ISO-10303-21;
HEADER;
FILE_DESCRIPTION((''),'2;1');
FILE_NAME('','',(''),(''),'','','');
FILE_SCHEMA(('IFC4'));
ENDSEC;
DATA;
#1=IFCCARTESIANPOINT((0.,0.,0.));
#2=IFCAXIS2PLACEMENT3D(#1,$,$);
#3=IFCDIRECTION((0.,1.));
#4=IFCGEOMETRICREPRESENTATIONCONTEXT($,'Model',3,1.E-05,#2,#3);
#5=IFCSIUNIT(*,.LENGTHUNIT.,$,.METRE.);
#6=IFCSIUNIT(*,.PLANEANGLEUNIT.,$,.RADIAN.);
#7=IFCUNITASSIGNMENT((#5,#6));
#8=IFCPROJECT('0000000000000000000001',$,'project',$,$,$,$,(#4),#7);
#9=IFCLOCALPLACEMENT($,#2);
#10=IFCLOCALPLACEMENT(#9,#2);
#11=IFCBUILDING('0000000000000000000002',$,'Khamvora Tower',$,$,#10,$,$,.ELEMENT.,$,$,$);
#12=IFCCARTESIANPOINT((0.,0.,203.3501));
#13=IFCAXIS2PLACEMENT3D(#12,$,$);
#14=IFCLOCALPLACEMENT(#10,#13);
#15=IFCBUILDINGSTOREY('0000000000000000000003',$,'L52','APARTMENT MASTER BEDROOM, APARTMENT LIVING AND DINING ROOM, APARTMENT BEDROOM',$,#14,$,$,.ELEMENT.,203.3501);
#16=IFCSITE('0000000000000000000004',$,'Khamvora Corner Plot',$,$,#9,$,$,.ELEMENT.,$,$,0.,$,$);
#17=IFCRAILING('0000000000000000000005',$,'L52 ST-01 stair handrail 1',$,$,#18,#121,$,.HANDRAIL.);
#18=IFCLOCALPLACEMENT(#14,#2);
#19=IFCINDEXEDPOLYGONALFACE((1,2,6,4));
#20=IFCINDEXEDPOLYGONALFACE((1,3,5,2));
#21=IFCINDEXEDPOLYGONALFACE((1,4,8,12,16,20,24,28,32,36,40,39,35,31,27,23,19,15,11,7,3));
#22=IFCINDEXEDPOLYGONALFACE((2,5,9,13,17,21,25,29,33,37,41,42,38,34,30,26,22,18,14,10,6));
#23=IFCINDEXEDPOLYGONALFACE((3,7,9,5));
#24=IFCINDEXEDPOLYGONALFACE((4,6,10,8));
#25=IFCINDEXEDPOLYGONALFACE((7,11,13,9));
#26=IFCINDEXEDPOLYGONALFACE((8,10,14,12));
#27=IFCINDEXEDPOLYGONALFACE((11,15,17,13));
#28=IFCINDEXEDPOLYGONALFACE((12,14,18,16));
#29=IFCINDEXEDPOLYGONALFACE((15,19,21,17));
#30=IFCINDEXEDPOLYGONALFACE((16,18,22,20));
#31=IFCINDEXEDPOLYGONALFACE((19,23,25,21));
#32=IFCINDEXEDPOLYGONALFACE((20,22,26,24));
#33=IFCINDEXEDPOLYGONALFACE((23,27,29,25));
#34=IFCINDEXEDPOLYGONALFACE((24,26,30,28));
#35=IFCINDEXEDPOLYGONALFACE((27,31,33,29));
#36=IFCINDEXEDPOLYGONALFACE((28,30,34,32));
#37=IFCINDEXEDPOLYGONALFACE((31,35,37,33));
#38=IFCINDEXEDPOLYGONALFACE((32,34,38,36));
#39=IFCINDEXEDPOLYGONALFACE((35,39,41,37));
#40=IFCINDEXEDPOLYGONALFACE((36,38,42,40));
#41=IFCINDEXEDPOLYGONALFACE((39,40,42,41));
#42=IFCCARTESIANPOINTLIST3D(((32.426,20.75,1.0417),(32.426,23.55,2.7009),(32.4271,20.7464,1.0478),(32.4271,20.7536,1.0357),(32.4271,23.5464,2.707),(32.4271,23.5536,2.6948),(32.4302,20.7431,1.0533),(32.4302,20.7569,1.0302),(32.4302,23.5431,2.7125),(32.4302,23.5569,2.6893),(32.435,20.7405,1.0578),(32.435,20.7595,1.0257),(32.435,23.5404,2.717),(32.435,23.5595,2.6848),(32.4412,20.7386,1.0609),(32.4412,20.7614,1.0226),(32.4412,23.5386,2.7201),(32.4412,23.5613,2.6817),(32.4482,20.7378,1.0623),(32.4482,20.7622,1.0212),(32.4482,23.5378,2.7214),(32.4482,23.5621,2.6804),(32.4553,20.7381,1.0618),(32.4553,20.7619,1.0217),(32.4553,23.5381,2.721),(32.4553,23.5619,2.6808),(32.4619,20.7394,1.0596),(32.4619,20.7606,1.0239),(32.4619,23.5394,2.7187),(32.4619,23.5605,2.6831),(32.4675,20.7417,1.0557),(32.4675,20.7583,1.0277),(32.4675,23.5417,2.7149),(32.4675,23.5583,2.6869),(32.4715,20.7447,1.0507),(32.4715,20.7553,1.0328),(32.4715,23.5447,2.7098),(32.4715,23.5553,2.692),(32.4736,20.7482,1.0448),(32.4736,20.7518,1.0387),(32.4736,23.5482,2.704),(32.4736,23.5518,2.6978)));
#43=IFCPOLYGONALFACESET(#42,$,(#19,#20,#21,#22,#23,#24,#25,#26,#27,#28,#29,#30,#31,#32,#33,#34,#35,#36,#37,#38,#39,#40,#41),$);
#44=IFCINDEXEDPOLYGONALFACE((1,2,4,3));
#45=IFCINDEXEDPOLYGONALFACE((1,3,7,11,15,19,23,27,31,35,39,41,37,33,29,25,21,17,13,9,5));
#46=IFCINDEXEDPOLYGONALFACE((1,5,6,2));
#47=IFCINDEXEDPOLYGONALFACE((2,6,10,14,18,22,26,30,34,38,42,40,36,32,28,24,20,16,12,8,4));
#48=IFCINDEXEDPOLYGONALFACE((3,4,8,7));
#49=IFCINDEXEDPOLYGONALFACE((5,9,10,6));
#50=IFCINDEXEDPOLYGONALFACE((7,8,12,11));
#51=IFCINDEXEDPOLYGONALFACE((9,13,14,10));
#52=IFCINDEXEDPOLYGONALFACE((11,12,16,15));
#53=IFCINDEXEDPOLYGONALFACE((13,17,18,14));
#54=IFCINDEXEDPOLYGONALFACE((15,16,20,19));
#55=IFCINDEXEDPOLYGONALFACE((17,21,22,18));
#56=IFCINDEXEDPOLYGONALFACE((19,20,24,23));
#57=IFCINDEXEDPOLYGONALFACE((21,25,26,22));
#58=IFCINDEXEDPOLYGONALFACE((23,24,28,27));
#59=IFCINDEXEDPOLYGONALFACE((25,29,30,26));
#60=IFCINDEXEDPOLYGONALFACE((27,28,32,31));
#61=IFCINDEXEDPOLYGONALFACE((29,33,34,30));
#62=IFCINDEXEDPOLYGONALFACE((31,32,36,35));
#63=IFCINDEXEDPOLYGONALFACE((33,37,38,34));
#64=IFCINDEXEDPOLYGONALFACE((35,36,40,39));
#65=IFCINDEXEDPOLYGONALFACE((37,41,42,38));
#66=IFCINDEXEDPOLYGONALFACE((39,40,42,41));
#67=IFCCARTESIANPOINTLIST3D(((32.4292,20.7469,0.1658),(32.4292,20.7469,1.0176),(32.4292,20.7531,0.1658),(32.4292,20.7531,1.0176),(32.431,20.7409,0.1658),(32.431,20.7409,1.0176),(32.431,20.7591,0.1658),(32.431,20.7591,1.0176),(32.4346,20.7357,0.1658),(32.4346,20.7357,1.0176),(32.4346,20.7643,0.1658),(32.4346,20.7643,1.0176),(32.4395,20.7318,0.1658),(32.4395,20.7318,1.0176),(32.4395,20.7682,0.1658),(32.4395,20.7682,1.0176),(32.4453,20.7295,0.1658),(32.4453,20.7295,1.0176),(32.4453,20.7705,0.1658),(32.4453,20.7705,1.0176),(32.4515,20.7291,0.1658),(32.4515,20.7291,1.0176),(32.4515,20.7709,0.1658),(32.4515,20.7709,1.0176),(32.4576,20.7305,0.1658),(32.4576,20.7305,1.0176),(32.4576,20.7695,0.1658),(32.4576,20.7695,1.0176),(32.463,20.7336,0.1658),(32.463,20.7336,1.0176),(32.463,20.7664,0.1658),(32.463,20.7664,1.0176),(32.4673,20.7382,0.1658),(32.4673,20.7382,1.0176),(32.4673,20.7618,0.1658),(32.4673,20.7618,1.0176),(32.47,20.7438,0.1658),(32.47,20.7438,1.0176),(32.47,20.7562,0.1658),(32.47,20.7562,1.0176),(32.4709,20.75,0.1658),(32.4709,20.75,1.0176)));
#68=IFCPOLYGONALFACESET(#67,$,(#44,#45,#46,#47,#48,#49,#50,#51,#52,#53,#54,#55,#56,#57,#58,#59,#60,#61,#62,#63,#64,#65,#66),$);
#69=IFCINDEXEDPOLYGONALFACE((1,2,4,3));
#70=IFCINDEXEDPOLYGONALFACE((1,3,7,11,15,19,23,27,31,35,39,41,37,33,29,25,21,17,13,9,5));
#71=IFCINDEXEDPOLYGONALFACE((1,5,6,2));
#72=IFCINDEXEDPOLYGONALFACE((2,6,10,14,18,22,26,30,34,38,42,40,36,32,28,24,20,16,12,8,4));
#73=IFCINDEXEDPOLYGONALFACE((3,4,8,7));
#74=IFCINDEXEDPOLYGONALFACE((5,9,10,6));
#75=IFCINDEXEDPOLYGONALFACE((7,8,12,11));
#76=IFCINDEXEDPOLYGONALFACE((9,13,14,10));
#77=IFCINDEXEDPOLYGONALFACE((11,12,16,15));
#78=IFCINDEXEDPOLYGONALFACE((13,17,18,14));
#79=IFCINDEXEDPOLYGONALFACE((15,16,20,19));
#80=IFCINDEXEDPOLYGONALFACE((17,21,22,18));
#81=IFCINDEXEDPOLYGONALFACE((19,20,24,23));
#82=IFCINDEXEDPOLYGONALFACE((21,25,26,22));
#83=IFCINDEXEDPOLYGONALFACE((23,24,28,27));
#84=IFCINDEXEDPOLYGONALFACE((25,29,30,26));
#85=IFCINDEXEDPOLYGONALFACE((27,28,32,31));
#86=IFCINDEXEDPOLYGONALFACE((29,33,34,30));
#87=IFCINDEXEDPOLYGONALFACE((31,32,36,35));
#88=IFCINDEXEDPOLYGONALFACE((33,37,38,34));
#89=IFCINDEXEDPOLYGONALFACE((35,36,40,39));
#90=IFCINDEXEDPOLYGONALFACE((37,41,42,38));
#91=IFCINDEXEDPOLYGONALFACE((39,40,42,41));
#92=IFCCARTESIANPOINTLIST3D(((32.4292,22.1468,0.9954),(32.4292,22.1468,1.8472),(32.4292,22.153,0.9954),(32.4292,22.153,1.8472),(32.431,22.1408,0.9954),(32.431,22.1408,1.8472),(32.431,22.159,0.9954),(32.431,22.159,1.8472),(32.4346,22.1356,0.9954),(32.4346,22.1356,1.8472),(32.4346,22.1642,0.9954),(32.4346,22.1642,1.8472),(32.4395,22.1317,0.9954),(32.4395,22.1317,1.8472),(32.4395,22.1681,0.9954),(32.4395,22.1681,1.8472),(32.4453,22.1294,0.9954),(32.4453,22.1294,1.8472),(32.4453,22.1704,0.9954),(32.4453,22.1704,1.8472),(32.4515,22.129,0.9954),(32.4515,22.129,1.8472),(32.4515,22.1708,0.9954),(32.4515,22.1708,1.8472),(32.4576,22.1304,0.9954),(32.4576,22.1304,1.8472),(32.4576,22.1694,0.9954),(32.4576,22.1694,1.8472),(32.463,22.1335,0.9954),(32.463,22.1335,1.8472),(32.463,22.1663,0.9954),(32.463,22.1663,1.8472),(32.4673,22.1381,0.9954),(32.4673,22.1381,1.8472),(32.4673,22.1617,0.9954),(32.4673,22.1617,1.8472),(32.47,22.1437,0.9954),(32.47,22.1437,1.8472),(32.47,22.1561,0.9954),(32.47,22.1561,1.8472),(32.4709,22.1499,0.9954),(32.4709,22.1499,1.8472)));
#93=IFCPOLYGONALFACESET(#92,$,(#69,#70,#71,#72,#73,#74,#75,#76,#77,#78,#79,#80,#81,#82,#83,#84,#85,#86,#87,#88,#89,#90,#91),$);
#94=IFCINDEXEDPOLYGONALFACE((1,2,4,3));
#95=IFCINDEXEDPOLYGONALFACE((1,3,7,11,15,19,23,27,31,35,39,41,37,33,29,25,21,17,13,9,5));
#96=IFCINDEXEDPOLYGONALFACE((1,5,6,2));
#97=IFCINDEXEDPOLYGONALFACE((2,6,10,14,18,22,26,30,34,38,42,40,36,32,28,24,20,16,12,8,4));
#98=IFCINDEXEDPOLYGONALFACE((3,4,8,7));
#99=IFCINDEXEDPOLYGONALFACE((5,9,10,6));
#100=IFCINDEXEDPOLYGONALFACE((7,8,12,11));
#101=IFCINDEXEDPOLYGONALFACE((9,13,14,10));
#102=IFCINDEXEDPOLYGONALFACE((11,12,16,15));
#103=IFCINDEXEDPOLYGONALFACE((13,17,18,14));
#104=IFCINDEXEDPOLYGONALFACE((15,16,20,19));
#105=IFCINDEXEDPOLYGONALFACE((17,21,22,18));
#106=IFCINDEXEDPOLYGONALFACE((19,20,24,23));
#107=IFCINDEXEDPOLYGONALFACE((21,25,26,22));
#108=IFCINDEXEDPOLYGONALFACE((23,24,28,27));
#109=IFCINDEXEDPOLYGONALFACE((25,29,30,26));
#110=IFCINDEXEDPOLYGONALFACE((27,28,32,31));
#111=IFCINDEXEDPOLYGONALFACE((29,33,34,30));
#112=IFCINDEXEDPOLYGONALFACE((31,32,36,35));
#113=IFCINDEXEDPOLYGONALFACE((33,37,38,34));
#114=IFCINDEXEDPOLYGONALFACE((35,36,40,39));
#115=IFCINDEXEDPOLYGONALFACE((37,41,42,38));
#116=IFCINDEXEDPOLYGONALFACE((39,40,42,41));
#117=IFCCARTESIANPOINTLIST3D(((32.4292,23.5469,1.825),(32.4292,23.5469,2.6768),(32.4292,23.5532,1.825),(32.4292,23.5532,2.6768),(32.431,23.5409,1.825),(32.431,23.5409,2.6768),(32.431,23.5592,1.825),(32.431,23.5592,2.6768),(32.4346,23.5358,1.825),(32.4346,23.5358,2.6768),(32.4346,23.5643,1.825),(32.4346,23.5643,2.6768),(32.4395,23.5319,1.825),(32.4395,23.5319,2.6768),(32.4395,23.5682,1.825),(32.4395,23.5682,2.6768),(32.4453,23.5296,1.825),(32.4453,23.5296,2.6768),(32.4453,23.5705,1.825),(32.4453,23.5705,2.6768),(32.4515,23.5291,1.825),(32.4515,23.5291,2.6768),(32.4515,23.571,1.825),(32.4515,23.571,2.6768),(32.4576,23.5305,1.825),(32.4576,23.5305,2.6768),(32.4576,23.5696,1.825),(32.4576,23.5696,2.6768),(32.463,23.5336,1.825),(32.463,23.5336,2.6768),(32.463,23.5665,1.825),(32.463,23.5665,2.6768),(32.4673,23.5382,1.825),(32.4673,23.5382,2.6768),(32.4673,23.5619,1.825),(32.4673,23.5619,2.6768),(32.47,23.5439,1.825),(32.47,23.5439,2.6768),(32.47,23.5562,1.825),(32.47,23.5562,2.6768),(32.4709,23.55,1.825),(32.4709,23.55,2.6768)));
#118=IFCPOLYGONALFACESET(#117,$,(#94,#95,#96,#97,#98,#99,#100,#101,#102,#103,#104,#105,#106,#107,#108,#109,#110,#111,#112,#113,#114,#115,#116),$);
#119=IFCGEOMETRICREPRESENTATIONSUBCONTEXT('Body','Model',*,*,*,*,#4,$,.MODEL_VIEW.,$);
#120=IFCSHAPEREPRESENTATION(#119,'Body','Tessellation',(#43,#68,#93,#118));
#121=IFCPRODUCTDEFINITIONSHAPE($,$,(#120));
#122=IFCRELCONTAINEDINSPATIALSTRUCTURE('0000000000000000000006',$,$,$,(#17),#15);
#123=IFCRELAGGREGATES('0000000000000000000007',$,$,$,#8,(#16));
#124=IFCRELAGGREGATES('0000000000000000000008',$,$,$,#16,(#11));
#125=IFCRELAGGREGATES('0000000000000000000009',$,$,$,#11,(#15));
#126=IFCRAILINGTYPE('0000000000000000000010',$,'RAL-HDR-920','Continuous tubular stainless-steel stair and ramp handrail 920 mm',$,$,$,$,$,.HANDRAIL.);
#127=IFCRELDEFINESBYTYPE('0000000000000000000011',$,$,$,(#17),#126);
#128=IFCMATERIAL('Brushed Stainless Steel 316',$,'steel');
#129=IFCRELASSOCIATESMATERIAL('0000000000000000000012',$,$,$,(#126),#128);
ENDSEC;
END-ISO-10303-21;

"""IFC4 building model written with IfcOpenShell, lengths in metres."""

from ifc_helpers import new_model, si_unit, direction, frame, origin, origin_2d, place, context, subcontext, project, spatial, circle, extrude, material, type_object, element, save


model = new_model("IFC4")

# Units and contexts
model_context = context("Model", 3, precision=1e-05, world=origin(), true_north=direction((0.0, 1.0)))
body_context = subcontext(model_context, "Body", "Model", "MODEL_VIEW")
ifc_project = project(units=[si_unit("LENGTHUNIT", "METRE"), si_unit("PLANEANGLEUNIT", "RADIAN")], contexts=[model_context])

# Site, building, storey
site_placement = place(None, origin())
site = spatial("IfcSite", under=ifc_project, at=site_placement, Name="Khamvora Corner Plot", CompositionType="ELEMENT", RefElevation=0.0)
building_placement = place(site_placement, origin())
building = spatial("IfcBuilding", under=site, at=building_placement, Name="Khamvora Tower", CompositionType="ELEMENT")
storey_placement = place(building_placement, frame((0.0, 0.0, 203.3501)))
storey = spatial("IfcBuildingStorey", under=building, at=storey_placement, Name="L52", Description="APARTMENT MASTER BEDROOM, APARTMENT LIVING AND DINING ROOM, APARTMENT BEDROOM", CompositionType="ELEMENT", Elevation=203.3501)

# Railing
ifc_material_1 = material(Name="Brushed Stainless Steel 316", Category="steel")
railing_type_1 = type_object("IfcRailingType", Name="RAL-HDR-920", Description="Continuous tubular stainless-steel stair and ramp handrail 920 mm", PredefinedType="HANDRAIL", material=ifc_material_1)
railing_1_placement = place(storey_placement, frame((32.45, 20.75, 0.1658)))
element("IfcRailing", 1, at=railing_1_placement, inside=storey, type_object=railing_type_1, Name="L52 ST-01 stair handrail 1", PredefinedType="HANDRAIL", context=body_context, shape_type="SweptSolid", body=[
    extrude(circle(Radius=0.0239, at=origin_2d()), frame((0.0, 0.0, 0.876), z_axis=(0.0, 0.860306, 0.509778), x_axis=(-1.0, 0.0, 0.0)), (0.0, 0.0, 1.0), 3.2546),
    extrude(circle(Radius=0.021, at=origin_2d()), origin(), (0.0, 0.0, 1.0), 0.8518),
    extrude(circle(Radius=0.021, at=origin_2d()), frame((0.0, 1.3999, 0.8296)), (0.0, 0.0, 1.0), 0.8518),
    extrude(circle(Radius=0.021, at=origin_2d()), frame((0.0, 2.8, 1.6592)), (0.0, 0.0, 1.0), 0.8518),
])

save(model, "model.ifc")
